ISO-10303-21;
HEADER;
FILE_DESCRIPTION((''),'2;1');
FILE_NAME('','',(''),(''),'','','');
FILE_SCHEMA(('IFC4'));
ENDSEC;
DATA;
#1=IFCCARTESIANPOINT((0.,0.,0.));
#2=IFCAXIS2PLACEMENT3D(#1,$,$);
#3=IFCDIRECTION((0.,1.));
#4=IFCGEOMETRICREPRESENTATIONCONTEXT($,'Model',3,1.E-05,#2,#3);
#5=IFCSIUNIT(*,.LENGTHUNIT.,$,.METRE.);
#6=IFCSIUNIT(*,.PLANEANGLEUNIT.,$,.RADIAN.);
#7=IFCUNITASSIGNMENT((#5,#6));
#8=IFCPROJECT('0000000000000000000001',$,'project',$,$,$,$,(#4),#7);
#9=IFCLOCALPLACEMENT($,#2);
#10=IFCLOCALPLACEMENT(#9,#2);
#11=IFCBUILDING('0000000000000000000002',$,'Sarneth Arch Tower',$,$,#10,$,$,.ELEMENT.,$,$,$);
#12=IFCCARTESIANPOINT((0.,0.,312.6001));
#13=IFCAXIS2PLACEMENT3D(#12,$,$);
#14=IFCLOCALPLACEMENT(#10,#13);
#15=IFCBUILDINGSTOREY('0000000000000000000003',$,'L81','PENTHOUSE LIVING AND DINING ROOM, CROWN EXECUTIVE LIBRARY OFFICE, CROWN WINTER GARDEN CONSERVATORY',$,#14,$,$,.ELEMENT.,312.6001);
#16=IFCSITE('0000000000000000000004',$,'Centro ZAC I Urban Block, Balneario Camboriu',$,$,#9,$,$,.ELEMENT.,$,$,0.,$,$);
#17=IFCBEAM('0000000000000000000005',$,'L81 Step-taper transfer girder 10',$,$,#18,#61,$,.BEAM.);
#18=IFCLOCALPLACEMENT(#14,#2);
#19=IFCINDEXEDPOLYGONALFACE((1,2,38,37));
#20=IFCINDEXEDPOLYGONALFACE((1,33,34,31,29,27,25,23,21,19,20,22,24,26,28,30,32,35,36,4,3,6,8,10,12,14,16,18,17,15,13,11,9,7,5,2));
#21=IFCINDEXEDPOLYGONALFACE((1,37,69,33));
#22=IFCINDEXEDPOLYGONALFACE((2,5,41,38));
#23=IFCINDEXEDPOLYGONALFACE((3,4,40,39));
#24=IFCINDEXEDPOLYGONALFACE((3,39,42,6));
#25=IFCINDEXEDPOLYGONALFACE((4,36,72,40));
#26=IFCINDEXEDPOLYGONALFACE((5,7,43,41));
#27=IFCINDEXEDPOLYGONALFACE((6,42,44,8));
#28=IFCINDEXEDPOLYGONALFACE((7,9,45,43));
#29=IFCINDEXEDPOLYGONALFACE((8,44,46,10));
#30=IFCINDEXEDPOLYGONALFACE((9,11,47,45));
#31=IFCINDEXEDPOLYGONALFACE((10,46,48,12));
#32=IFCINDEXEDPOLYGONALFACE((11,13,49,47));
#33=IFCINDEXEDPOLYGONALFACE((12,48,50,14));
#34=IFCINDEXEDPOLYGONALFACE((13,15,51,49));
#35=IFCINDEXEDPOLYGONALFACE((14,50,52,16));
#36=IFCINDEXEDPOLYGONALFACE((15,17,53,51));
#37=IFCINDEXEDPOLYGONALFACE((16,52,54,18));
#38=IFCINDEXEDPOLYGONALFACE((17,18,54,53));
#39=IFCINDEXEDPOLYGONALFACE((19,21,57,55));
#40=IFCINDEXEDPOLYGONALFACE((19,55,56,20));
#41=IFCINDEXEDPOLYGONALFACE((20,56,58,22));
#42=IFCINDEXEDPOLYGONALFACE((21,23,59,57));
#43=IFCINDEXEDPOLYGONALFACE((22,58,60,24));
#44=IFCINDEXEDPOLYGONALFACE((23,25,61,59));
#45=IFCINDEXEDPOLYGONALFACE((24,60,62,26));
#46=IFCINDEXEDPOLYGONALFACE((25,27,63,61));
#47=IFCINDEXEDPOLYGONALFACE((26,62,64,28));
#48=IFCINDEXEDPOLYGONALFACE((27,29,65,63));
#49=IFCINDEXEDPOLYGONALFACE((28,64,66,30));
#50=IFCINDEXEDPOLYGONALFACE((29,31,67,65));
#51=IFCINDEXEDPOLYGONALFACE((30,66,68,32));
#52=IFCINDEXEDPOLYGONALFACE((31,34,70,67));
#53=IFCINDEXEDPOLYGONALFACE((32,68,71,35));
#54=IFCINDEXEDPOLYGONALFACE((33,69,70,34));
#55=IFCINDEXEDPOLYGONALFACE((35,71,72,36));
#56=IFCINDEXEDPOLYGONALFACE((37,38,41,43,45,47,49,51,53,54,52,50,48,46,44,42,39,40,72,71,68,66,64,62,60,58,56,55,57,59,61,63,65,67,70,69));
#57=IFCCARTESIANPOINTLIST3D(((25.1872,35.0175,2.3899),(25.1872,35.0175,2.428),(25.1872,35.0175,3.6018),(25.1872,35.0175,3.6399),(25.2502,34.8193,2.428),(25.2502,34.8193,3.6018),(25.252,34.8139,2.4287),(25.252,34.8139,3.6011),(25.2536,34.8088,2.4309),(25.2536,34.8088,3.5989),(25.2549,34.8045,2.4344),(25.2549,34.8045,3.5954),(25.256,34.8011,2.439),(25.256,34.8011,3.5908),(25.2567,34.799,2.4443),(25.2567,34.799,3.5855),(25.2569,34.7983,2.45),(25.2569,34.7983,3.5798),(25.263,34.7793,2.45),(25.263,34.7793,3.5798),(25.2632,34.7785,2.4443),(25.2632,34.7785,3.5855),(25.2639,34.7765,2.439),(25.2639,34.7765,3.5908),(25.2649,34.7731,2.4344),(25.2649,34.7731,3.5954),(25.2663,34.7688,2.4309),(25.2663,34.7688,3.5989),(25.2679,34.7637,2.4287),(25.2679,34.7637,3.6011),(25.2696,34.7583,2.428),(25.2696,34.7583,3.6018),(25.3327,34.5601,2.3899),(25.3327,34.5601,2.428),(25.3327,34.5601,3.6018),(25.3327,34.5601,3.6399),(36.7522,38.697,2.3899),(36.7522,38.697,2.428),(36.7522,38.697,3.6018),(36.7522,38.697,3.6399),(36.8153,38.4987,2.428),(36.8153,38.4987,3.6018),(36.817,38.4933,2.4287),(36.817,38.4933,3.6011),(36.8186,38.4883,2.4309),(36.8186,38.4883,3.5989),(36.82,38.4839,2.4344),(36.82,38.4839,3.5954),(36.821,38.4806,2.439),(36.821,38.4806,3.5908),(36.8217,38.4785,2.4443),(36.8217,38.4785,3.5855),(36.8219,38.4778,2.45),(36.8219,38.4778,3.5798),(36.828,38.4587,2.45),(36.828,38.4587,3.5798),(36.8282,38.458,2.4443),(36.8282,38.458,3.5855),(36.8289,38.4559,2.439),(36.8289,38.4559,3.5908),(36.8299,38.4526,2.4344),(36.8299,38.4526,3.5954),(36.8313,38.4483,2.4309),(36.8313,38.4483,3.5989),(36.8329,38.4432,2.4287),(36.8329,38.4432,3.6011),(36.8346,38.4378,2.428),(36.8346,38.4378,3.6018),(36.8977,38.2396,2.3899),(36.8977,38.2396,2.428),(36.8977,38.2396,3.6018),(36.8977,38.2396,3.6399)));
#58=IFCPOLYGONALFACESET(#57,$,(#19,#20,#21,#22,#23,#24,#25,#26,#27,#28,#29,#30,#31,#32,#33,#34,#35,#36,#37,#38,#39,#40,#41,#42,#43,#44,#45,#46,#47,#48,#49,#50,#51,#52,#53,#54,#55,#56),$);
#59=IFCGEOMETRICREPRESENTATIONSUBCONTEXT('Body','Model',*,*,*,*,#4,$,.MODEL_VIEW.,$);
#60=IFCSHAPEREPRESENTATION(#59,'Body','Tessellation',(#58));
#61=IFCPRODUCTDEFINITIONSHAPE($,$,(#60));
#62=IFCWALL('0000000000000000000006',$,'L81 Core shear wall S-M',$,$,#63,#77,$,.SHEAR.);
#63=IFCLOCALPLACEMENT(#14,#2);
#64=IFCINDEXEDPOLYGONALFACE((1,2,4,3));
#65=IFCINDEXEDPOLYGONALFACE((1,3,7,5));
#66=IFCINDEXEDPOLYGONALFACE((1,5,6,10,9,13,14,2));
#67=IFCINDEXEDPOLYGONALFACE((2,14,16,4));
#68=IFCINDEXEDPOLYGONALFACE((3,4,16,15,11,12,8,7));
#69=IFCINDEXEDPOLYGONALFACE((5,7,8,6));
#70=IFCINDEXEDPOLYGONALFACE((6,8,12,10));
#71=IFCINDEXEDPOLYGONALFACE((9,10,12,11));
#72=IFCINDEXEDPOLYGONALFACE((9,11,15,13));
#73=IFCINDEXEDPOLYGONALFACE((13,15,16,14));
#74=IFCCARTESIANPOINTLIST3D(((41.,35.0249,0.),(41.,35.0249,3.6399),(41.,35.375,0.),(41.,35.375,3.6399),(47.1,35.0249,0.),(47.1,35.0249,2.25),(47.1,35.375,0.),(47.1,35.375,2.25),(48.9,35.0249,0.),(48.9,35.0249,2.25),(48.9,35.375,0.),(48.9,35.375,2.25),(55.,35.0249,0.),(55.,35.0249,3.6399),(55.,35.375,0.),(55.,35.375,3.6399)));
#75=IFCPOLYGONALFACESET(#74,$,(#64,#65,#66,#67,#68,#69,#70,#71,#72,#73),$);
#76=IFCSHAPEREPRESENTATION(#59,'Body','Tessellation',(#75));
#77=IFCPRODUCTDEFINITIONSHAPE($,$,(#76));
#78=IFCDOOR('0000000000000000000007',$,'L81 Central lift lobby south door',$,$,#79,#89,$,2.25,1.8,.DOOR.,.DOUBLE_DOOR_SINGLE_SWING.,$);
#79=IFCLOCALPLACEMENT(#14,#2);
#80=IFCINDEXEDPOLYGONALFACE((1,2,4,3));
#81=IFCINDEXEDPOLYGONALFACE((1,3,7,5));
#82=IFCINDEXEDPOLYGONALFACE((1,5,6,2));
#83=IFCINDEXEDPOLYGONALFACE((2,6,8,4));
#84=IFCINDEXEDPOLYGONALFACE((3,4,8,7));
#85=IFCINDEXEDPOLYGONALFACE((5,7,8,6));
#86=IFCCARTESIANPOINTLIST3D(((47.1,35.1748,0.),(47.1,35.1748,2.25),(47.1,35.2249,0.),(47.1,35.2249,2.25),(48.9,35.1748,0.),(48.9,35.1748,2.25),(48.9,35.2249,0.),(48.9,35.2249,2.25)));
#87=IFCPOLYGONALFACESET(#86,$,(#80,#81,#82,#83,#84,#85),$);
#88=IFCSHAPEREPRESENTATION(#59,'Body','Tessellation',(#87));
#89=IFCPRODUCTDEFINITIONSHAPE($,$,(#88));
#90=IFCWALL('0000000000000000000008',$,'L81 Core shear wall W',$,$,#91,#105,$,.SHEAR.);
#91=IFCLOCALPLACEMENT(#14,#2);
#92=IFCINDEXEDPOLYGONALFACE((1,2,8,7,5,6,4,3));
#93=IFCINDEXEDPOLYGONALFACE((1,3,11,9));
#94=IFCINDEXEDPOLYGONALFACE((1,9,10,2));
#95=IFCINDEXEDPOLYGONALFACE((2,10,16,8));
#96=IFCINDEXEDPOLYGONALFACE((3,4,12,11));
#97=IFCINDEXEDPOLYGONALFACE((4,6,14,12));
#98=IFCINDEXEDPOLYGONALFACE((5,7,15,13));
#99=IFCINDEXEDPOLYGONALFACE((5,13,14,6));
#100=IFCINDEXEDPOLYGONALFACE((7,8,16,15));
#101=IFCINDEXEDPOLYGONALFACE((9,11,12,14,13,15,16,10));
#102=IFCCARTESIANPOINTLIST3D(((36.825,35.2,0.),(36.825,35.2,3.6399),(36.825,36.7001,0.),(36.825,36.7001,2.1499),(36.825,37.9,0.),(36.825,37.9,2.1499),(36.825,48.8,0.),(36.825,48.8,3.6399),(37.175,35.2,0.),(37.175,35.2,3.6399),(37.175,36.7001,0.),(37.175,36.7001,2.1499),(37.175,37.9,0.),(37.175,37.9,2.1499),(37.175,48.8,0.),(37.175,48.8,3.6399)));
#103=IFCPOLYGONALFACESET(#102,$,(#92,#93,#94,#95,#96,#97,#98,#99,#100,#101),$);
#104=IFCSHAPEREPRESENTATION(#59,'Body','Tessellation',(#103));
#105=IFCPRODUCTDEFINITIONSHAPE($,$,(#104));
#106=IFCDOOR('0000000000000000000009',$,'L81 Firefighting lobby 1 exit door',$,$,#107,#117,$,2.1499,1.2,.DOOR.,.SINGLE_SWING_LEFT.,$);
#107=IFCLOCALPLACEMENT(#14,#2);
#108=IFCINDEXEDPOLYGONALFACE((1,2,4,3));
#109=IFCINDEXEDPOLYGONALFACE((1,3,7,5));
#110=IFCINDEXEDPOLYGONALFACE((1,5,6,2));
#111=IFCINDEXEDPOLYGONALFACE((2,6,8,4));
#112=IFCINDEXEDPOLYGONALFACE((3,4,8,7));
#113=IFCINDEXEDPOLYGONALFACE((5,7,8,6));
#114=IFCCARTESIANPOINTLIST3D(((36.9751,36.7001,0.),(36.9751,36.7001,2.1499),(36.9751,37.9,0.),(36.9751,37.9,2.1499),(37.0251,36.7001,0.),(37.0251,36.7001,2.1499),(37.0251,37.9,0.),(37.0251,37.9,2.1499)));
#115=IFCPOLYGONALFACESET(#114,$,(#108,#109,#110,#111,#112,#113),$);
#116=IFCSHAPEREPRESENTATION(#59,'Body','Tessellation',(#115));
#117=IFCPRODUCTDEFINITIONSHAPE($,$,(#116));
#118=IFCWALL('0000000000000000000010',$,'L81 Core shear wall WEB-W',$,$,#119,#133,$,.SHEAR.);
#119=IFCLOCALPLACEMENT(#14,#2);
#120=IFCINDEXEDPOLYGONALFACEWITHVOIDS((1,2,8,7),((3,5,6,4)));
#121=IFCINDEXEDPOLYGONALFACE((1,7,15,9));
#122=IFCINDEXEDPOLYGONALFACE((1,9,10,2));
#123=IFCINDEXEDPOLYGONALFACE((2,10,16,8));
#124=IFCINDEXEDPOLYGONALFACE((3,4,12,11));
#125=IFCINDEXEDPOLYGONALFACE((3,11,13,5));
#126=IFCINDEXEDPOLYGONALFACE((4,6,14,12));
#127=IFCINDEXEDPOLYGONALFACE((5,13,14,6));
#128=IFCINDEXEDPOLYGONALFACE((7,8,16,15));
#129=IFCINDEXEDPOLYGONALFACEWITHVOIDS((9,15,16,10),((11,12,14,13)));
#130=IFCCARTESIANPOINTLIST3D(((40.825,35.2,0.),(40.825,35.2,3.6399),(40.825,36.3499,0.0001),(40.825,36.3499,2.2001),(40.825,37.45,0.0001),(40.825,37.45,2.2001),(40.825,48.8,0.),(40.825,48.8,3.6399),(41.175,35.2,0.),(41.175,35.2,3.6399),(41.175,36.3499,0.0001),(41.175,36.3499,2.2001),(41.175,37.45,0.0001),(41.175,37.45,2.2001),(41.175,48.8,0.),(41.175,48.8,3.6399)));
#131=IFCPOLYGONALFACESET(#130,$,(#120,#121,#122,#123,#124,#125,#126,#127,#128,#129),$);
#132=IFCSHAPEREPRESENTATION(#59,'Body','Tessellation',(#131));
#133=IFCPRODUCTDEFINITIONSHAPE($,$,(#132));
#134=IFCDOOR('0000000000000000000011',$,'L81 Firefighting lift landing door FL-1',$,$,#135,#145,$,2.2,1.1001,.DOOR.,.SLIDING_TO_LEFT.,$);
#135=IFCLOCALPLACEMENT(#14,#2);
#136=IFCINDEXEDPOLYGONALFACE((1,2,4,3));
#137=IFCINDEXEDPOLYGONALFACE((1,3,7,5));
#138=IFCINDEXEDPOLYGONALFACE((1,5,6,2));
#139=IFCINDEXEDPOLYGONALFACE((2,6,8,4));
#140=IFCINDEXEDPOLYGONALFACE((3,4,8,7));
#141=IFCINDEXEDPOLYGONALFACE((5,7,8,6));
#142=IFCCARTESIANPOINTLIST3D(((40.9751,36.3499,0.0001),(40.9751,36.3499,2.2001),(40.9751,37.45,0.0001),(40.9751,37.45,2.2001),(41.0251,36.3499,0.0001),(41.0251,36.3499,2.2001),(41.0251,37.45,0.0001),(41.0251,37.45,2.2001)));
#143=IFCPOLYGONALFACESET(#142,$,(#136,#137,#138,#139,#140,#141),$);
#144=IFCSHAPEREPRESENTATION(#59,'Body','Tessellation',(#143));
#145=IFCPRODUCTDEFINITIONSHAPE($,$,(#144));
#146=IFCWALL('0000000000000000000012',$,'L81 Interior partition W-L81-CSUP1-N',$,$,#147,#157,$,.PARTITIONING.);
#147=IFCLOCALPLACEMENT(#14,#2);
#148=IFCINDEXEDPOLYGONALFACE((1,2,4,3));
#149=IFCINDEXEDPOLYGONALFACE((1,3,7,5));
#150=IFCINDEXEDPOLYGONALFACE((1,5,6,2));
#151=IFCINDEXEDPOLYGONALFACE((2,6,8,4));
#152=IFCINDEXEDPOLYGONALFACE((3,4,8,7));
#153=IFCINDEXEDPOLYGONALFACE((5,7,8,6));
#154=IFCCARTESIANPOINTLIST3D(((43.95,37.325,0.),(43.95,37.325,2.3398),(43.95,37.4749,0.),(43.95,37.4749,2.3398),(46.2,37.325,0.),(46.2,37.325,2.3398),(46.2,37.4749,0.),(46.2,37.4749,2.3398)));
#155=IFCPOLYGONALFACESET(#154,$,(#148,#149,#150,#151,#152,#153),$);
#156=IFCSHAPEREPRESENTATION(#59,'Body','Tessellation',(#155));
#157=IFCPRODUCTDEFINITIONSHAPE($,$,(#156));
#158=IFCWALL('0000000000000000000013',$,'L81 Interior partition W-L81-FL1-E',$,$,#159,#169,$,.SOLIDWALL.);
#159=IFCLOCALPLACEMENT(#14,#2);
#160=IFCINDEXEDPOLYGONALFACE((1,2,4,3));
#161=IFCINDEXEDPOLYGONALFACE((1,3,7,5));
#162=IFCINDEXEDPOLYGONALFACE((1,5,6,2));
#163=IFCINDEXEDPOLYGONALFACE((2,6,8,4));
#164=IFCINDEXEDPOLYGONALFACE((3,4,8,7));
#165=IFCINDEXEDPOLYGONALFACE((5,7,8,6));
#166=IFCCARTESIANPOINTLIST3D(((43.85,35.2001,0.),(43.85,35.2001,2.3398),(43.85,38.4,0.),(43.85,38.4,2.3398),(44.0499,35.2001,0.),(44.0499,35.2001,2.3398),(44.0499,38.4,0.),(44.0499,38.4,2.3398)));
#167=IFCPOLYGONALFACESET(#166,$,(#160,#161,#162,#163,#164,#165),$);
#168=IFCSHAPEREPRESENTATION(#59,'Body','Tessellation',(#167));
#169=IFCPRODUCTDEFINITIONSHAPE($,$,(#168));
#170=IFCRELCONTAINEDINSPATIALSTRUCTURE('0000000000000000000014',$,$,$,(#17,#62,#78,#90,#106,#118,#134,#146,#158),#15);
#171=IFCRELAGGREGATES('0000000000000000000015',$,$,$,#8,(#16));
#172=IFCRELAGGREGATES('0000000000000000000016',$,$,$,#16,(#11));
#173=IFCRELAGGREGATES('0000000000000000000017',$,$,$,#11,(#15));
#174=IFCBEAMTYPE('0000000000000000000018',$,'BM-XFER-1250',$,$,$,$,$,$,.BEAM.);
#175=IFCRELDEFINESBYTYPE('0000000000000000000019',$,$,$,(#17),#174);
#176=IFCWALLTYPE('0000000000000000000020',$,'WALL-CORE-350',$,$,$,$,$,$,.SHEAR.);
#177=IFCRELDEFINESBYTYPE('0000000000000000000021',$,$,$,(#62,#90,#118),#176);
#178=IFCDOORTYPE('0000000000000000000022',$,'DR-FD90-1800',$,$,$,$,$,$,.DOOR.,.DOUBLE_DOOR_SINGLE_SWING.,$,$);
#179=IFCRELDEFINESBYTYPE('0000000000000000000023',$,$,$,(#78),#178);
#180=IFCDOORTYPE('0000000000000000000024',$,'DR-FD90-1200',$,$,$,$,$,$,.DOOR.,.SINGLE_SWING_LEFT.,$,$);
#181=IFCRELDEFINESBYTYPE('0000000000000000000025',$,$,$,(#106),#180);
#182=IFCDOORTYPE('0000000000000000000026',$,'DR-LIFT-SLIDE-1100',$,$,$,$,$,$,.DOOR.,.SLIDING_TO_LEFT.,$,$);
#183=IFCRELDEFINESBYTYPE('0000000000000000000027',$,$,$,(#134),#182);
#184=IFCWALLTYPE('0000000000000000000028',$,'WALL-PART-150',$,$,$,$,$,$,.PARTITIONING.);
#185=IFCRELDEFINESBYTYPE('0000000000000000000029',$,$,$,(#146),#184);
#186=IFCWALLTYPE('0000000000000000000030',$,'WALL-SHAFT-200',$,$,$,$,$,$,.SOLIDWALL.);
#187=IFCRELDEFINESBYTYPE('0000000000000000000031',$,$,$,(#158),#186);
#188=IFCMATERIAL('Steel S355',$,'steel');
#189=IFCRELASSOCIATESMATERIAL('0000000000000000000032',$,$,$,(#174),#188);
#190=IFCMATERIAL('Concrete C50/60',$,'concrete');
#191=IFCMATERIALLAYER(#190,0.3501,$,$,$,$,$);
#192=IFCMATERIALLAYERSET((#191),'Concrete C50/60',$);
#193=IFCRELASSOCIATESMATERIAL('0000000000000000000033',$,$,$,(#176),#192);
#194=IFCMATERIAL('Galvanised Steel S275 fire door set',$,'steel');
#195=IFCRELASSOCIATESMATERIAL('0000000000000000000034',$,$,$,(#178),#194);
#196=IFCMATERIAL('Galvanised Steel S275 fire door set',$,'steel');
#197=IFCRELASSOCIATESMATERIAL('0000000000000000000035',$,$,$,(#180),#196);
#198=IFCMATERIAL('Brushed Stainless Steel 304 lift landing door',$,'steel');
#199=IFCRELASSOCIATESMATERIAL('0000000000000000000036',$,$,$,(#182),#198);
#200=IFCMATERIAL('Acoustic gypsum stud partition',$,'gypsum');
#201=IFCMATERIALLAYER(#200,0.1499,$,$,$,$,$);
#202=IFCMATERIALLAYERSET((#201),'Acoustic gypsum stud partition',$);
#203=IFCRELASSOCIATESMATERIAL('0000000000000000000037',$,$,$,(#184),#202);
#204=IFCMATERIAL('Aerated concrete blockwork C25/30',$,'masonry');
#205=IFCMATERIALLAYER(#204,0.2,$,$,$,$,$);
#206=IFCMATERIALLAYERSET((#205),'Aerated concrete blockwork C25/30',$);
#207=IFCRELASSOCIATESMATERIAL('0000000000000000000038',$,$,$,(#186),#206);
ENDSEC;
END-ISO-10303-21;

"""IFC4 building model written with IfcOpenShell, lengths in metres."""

from ifc_helpers import new_model, si_unit, direction, frame, frame_2d, origin, origin_2d, place, context, subcontext, project, spatial, rectangle, i_section, extrude, material, layer, layer_set, material_profile, profile_set, type_object, element, fill, save


model = new_model("IFC4")

# Units and contexts
model_context = context("Model", 3, precision=1e-05, world=origin(), true_north=direction((0.0, 1.0)))
body_context = subcontext(model_context, "Body", "Model", "MODEL_VIEW")
ifc_project = project(units=[si_unit("LENGTHUNIT", "METRE"), si_unit("PLANEANGLEUNIT", "RADIAN")], contexts=[model_context])

# Site, building, storey
site_placement = place(None, origin())
site = spatial("IfcSite", under=ifc_project, at=site_placement, Name="Centro ZAC I Urban Block, Balneario Camboriu", CompositionType="ELEMENT", RefElevation=0.0)
building_placement = place(site_placement, origin())
building = spatial("IfcBuilding", under=site, at=building_placement, Name="Sarneth Arch Tower", CompositionType="ELEMENT")
storey_placement = place(building_placement, frame((0.0, 0.0, 312.6001)))
storey = spatial("IfcBuildingStorey", under=building, at=storey_placement, Name="L81", Description="PENTHOUSE LIVING AND DINING ROOM, CROWN EXECUTIVE LIBRARY OFFICE, CROWN WINTER GARDEN CONSERVATORY", CompositionType="ELEMENT", Elevation=312.6001)

# Beam
ifc_material_1 = material(Name="Steel S355", Category="steel")
ifc_material_profile_1 = material_profile(ifc_material_1, i_section(OverallWidth=0.48, OverallDepth=1.25, WebThickness=0.02, FlangeThickness=0.0381, FilletRadius=0.022, at=origin_2d()), Name="CVS1250x520")
ifc_profile_set_1 = profile_set([ifc_material_profile_1], Name="Steel S355")
beam_type_1 = type_object("IfcBeamType", Name="BM-XFER-1250", PredefinedType="BEAM", material=ifc_profile_set_1)
beam_1_placement = place(storey_placement, frame((36.825, 38.4683, 3.0149), z_axis=(-0.952933, -0.30318, 0.0), x_axis=(0.30318, -0.952933, 0.0)))
element("IfcBeam", 1, at=beam_1_placement, inside=storey, type_object=beam_type_1, Name="L81 Step-taper transfer girder 10", PredefinedType="BEAM", context=body_context, shape_type="SweptSolid", body=[
    extrude(i_section(OverallWidth=0.48, OverallDepth=1.25, WebThickness=0.02, FlangeThickness=0.0381, FilletRadius=0.022, at=origin_2d()), origin(), (0.0, 0.0, 1.0), 12.1362),
])

# Walls, openings, doors
ifc_material_2 = material(Name="Concrete C50/60", Category="concrete")
ifc_layer_1 = layer(ifc_material_2, 0.3501)
ifc_layer_set_1 = layer_set([ifc_layer_1], Name="Concrete C50/60")
wall_type_1 = type_object("IfcWallType", Name="WALL-CORE-350", PredefinedType="SHEAR", material=ifc_layer_set_1)
wall_1_placement = place(storey_placement, frame((41.0, 35.2, 0.0), z_axis=(0.0, 0.0, 1.0), x_axis=(1.0, 0.0, 0.0)))
wall_1 = element("IfcWall", 2, at=wall_1_placement, inside=storey, type_object=wall_type_1, Name="L81 Core shear wall S-M", PredefinedType="SHEAR", context=body_context, shape_type="SweptSolid", body=[
    extrude(rectangle(XDim=14.0, YDim=0.3501, at=frame_2d((7.0, 0.0))), origin(), (0.0, 0.0, 1.0), 3.6399),
])
opening_1_placement = place(wall_1_placement, frame((6.1001, 0.0, 0.0)))
opening_1 = element("IfcOpeningElement", 3, at=opening_1_placement, cuts=wall_1, PredefinedType="OPENING", context=body_context, shape_type="SweptSolid", body=[
    extrude(rectangle(XDim=1.8, YDim=2.25, at=frame_2d((0.8999, 1.125))), frame((0.0, 0.1851, 0.0), z_axis=(0.0, -1.0, 0.0), x_axis=(1.0, 0.0, 0.0)), (0.0, 0.0, 1.0), 0.3701),
])
ifc_material_3 = material(Name="Galvanised Steel S275 fire door set", Category="steel")
door_type_1 = type_object("IfcDoorType", Name="DR-FD90-1800", OperationType="DOUBLE_DOOR_SINGLE_SWING", PredefinedType="DOOR", material=ifc_material_3)
door_1_placement = place(opening_1_placement, origin())
door_1 = element("IfcDoor", 4, at=door_1_placement, inside=storey, type_object=door_type_1, Name="L81 Central lift lobby south door", OperationType="DOUBLE_DOOR_SINGLE_SWING", OverallHeight=2.25, OverallWidth=1.8, PredefinedType="DOOR", context=body_context, shape_type="SweptSolid", body=[
    extrude(rectangle(XDim=1.8, YDim=2.25, at=frame_2d((0.8999, 1.125))), frame((0.0, 0.0249, 0.0), z_axis=(0.0, -1.0, 0.0), x_axis=(1.0, 0.0, 0.0)), (0.0, 0.0, 1.0), 0.05),
])
fill(opening_1, door_1)
wall_2_placement = place(storey_placement, frame((37.0, 35.2, 0.0), z_axis=(0.0, 0.0, 1.0), x_axis=(0.0, 1.0, 0.0)))
wall_2 = element("IfcWall", 5, at=wall_2_placement, inside=storey, type_object=wall_type_1, Name="L81 Core shear wall W", PredefinedType="SHEAR", context=body_context, shape_type="SweptSolid", body=[
    extrude(rectangle(XDim=13.6001, YDim=0.3501, at=frame_2d((6.8, 0.0))), origin(), (0.0, 0.0, 1.0), 3.6399),
])
opening_2_placement = place(wall_2_placement, frame((1.5, 0.0, 0.0)))
opening_2 = element("IfcOpeningElement", 6, at=opening_2_placement, cuts=wall_2, PredefinedType="OPENING", context=body_context, shape_type="SweptSolid", body=[
    extrude(rectangle(XDim=1.2, YDim=2.1499, at=frame_2d((0.6001, 1.075))), frame((0.0, 0.1851, 0.0), z_axis=(0.0, -1.0, 0.0), x_axis=(1.0, 0.0, 0.0)), (0.0, 0.0, 1.0), 0.3701),
])
ifc_material_4 = material(Name="Galvanised Steel S275 fire door set", Category="steel")
door_type_2 = type_object("IfcDoorType", Name="DR-FD90-1200", OperationType="SINGLE_SWING_LEFT", PredefinedType="DOOR", material=ifc_material_4)
door_2_placement = place(opening_2_placement, origin())
door_2 = element("IfcDoor", 7, at=door_2_placement, inside=storey, type_object=door_type_2, Name="L81 Firefighting lobby 1 exit door", OperationType="SINGLE_SWING_LEFT", OverallHeight=2.1499, OverallWidth=1.2, PredefinedType="DOOR", context=body_context, shape_type="SweptSolid", body=[
    extrude(rectangle(XDim=1.2, YDim=2.1499, at=frame_2d((0.6001, 1.075))), frame((0.0, 0.0249, 0.0), z_axis=(0.0, -1.0, 0.0), x_axis=(1.0, 0.0, 0.0)), (0.0, 0.0, 1.0), 0.05),
])
fill(opening_2, door_2)
wall_3_placement = place(storey_placement, frame((41.0, 35.2, 0.0), z_axis=(0.0, 0.0, 1.0), x_axis=(0.0, 1.0, 0.0)))
wall_3 = element("IfcWall", 8, at=wall_3_placement, inside=storey, type_object=wall_type_1, Name="L81 Core shear wall WEB-W", PredefinedType="SHEAR", context=body_context, shape_type="SweptSolid", body=[
    extrude(rectangle(XDim=13.6001, YDim=0.3501, at=frame_2d((6.8, 0.0))), origin(), (0.0, 0.0, 1.0), 3.6399),
])
opening_3_placement = place(wall_3_placement, frame((1.1499, 0.0, 0.0)))
opening_3 = element("IfcOpeningElement", 9, at=opening_3_placement, cuts=wall_3, PredefinedType="OPENING", context=body_context, shape_type="SweptSolid", body=[
    extrude(rectangle(XDim=1.1001, YDim=2.2, at=frame_2d((0.55, 1.1001))), frame((0.0, 0.1851, 0.0), z_axis=(0.0, -1.0, 0.0), x_axis=(1.0, 0.0, 0.0)), (0.0, 0.0, 1.0), 0.3701),
])
ifc_material_5 = material(Name="Brushed Stainless Steel 304 lift landing door", Category="steel")
door_type_3 = type_object("IfcDoorType", Name="DR-LIFT-SLIDE-1100", OperationType="SLIDING_TO_LEFT", PredefinedType="DOOR", material=ifc_material_5)
door_3_placement = place(opening_3_placement, origin())
door_3 = element("IfcDoor", 10, at=door_3_placement, inside=storey, type_object=door_type_3, Name="L81 Firefighting lift landing door FL-1", OperationType="SLIDING_TO_LEFT", OverallHeight=2.2, OverallWidth=1.1001, PredefinedType="DOOR", context=body_context, shape_type="SweptSolid", body=[
    extrude(rectangle(XDim=1.1001, YDim=2.2, at=frame_2d((0.55, 1.1001))), frame((0.0, 0.0249, 0.0), z_axis=(0.0, -1.0, 0.0), x_axis=(1.0, 0.0, 0.0)), (0.0, 0.0, 1.0), 0.05),
])
fill(opening_3, door_3)
ifc_material_6 = material(Name="Acoustic gypsum stud partition", Category="gypsum")
ifc_layer_2 = layer(ifc_material_6, 0.1499)
ifc_layer_set_2 = layer_set([ifc_layer_2], Name="Acoustic gypsum stud partition")
wall_type_2 = type_object("IfcWallType", Name="WALL-PART-150", PredefinedType="PARTITIONING", material=ifc_layer_set_2)

# Wall
wall_4_placement = place(storey_placement, frame((43.95, 37.3999, 0.0), z_axis=(0.0, 0.0, 1.0), x_axis=(1.0, 0.0, 0.0)))
element("IfcWall", 11, at=wall_4_placement, inside=storey, type_object=wall_type_2, Name="L81 Interior partition W-L81-CSUP1-N", PredefinedType="PARTITIONING", context=body_context, shape_type="SweptSolid", body=[
    extrude(rectangle(XDim=2.25, YDim=0.1499, at=frame_2d((1.125, 0.0))), origin(), (0.0, 0.0, 1.0), 2.3398),
])

# Shared definitions
ifc_material_7 = material(Name="Aerated concrete blockwork C25/30", Category="masonry")
ifc_layer_3 = layer(ifc_material_7, 0.2)
ifc_layer_set_3 = layer_set([ifc_layer_3], Name="Aerated concrete blockwork C25/30")
wall_type_3 = type_object("IfcWallType", Name="WALL-SHAFT-200", PredefinedType="SOLIDWALL", material=ifc_layer_set_3)

# Wall
wall_5_placement = place(storey_placement, frame((43.95, 35.2, 0.0), z_axis=(0.0, 0.0, 1.0), x_axis=(0.0, 1.0, 0.0)))
element("IfcWall", 12, at=wall_5_placement, inside=storey, type_object=wall_type_3, Name="L81 Interior partition W-L81-FL1-E", PredefinedType="SOLIDWALL", context=body_context, shape_type="SweptSolid", body=[
    extrude(rectangle(XDim=3.2, YDim=0.2, at=frame_2d((1.6001, 0.0))), origin(), (0.0, 0.0, 1.0), 2.3398),
])

save(model, "model.ifc")
